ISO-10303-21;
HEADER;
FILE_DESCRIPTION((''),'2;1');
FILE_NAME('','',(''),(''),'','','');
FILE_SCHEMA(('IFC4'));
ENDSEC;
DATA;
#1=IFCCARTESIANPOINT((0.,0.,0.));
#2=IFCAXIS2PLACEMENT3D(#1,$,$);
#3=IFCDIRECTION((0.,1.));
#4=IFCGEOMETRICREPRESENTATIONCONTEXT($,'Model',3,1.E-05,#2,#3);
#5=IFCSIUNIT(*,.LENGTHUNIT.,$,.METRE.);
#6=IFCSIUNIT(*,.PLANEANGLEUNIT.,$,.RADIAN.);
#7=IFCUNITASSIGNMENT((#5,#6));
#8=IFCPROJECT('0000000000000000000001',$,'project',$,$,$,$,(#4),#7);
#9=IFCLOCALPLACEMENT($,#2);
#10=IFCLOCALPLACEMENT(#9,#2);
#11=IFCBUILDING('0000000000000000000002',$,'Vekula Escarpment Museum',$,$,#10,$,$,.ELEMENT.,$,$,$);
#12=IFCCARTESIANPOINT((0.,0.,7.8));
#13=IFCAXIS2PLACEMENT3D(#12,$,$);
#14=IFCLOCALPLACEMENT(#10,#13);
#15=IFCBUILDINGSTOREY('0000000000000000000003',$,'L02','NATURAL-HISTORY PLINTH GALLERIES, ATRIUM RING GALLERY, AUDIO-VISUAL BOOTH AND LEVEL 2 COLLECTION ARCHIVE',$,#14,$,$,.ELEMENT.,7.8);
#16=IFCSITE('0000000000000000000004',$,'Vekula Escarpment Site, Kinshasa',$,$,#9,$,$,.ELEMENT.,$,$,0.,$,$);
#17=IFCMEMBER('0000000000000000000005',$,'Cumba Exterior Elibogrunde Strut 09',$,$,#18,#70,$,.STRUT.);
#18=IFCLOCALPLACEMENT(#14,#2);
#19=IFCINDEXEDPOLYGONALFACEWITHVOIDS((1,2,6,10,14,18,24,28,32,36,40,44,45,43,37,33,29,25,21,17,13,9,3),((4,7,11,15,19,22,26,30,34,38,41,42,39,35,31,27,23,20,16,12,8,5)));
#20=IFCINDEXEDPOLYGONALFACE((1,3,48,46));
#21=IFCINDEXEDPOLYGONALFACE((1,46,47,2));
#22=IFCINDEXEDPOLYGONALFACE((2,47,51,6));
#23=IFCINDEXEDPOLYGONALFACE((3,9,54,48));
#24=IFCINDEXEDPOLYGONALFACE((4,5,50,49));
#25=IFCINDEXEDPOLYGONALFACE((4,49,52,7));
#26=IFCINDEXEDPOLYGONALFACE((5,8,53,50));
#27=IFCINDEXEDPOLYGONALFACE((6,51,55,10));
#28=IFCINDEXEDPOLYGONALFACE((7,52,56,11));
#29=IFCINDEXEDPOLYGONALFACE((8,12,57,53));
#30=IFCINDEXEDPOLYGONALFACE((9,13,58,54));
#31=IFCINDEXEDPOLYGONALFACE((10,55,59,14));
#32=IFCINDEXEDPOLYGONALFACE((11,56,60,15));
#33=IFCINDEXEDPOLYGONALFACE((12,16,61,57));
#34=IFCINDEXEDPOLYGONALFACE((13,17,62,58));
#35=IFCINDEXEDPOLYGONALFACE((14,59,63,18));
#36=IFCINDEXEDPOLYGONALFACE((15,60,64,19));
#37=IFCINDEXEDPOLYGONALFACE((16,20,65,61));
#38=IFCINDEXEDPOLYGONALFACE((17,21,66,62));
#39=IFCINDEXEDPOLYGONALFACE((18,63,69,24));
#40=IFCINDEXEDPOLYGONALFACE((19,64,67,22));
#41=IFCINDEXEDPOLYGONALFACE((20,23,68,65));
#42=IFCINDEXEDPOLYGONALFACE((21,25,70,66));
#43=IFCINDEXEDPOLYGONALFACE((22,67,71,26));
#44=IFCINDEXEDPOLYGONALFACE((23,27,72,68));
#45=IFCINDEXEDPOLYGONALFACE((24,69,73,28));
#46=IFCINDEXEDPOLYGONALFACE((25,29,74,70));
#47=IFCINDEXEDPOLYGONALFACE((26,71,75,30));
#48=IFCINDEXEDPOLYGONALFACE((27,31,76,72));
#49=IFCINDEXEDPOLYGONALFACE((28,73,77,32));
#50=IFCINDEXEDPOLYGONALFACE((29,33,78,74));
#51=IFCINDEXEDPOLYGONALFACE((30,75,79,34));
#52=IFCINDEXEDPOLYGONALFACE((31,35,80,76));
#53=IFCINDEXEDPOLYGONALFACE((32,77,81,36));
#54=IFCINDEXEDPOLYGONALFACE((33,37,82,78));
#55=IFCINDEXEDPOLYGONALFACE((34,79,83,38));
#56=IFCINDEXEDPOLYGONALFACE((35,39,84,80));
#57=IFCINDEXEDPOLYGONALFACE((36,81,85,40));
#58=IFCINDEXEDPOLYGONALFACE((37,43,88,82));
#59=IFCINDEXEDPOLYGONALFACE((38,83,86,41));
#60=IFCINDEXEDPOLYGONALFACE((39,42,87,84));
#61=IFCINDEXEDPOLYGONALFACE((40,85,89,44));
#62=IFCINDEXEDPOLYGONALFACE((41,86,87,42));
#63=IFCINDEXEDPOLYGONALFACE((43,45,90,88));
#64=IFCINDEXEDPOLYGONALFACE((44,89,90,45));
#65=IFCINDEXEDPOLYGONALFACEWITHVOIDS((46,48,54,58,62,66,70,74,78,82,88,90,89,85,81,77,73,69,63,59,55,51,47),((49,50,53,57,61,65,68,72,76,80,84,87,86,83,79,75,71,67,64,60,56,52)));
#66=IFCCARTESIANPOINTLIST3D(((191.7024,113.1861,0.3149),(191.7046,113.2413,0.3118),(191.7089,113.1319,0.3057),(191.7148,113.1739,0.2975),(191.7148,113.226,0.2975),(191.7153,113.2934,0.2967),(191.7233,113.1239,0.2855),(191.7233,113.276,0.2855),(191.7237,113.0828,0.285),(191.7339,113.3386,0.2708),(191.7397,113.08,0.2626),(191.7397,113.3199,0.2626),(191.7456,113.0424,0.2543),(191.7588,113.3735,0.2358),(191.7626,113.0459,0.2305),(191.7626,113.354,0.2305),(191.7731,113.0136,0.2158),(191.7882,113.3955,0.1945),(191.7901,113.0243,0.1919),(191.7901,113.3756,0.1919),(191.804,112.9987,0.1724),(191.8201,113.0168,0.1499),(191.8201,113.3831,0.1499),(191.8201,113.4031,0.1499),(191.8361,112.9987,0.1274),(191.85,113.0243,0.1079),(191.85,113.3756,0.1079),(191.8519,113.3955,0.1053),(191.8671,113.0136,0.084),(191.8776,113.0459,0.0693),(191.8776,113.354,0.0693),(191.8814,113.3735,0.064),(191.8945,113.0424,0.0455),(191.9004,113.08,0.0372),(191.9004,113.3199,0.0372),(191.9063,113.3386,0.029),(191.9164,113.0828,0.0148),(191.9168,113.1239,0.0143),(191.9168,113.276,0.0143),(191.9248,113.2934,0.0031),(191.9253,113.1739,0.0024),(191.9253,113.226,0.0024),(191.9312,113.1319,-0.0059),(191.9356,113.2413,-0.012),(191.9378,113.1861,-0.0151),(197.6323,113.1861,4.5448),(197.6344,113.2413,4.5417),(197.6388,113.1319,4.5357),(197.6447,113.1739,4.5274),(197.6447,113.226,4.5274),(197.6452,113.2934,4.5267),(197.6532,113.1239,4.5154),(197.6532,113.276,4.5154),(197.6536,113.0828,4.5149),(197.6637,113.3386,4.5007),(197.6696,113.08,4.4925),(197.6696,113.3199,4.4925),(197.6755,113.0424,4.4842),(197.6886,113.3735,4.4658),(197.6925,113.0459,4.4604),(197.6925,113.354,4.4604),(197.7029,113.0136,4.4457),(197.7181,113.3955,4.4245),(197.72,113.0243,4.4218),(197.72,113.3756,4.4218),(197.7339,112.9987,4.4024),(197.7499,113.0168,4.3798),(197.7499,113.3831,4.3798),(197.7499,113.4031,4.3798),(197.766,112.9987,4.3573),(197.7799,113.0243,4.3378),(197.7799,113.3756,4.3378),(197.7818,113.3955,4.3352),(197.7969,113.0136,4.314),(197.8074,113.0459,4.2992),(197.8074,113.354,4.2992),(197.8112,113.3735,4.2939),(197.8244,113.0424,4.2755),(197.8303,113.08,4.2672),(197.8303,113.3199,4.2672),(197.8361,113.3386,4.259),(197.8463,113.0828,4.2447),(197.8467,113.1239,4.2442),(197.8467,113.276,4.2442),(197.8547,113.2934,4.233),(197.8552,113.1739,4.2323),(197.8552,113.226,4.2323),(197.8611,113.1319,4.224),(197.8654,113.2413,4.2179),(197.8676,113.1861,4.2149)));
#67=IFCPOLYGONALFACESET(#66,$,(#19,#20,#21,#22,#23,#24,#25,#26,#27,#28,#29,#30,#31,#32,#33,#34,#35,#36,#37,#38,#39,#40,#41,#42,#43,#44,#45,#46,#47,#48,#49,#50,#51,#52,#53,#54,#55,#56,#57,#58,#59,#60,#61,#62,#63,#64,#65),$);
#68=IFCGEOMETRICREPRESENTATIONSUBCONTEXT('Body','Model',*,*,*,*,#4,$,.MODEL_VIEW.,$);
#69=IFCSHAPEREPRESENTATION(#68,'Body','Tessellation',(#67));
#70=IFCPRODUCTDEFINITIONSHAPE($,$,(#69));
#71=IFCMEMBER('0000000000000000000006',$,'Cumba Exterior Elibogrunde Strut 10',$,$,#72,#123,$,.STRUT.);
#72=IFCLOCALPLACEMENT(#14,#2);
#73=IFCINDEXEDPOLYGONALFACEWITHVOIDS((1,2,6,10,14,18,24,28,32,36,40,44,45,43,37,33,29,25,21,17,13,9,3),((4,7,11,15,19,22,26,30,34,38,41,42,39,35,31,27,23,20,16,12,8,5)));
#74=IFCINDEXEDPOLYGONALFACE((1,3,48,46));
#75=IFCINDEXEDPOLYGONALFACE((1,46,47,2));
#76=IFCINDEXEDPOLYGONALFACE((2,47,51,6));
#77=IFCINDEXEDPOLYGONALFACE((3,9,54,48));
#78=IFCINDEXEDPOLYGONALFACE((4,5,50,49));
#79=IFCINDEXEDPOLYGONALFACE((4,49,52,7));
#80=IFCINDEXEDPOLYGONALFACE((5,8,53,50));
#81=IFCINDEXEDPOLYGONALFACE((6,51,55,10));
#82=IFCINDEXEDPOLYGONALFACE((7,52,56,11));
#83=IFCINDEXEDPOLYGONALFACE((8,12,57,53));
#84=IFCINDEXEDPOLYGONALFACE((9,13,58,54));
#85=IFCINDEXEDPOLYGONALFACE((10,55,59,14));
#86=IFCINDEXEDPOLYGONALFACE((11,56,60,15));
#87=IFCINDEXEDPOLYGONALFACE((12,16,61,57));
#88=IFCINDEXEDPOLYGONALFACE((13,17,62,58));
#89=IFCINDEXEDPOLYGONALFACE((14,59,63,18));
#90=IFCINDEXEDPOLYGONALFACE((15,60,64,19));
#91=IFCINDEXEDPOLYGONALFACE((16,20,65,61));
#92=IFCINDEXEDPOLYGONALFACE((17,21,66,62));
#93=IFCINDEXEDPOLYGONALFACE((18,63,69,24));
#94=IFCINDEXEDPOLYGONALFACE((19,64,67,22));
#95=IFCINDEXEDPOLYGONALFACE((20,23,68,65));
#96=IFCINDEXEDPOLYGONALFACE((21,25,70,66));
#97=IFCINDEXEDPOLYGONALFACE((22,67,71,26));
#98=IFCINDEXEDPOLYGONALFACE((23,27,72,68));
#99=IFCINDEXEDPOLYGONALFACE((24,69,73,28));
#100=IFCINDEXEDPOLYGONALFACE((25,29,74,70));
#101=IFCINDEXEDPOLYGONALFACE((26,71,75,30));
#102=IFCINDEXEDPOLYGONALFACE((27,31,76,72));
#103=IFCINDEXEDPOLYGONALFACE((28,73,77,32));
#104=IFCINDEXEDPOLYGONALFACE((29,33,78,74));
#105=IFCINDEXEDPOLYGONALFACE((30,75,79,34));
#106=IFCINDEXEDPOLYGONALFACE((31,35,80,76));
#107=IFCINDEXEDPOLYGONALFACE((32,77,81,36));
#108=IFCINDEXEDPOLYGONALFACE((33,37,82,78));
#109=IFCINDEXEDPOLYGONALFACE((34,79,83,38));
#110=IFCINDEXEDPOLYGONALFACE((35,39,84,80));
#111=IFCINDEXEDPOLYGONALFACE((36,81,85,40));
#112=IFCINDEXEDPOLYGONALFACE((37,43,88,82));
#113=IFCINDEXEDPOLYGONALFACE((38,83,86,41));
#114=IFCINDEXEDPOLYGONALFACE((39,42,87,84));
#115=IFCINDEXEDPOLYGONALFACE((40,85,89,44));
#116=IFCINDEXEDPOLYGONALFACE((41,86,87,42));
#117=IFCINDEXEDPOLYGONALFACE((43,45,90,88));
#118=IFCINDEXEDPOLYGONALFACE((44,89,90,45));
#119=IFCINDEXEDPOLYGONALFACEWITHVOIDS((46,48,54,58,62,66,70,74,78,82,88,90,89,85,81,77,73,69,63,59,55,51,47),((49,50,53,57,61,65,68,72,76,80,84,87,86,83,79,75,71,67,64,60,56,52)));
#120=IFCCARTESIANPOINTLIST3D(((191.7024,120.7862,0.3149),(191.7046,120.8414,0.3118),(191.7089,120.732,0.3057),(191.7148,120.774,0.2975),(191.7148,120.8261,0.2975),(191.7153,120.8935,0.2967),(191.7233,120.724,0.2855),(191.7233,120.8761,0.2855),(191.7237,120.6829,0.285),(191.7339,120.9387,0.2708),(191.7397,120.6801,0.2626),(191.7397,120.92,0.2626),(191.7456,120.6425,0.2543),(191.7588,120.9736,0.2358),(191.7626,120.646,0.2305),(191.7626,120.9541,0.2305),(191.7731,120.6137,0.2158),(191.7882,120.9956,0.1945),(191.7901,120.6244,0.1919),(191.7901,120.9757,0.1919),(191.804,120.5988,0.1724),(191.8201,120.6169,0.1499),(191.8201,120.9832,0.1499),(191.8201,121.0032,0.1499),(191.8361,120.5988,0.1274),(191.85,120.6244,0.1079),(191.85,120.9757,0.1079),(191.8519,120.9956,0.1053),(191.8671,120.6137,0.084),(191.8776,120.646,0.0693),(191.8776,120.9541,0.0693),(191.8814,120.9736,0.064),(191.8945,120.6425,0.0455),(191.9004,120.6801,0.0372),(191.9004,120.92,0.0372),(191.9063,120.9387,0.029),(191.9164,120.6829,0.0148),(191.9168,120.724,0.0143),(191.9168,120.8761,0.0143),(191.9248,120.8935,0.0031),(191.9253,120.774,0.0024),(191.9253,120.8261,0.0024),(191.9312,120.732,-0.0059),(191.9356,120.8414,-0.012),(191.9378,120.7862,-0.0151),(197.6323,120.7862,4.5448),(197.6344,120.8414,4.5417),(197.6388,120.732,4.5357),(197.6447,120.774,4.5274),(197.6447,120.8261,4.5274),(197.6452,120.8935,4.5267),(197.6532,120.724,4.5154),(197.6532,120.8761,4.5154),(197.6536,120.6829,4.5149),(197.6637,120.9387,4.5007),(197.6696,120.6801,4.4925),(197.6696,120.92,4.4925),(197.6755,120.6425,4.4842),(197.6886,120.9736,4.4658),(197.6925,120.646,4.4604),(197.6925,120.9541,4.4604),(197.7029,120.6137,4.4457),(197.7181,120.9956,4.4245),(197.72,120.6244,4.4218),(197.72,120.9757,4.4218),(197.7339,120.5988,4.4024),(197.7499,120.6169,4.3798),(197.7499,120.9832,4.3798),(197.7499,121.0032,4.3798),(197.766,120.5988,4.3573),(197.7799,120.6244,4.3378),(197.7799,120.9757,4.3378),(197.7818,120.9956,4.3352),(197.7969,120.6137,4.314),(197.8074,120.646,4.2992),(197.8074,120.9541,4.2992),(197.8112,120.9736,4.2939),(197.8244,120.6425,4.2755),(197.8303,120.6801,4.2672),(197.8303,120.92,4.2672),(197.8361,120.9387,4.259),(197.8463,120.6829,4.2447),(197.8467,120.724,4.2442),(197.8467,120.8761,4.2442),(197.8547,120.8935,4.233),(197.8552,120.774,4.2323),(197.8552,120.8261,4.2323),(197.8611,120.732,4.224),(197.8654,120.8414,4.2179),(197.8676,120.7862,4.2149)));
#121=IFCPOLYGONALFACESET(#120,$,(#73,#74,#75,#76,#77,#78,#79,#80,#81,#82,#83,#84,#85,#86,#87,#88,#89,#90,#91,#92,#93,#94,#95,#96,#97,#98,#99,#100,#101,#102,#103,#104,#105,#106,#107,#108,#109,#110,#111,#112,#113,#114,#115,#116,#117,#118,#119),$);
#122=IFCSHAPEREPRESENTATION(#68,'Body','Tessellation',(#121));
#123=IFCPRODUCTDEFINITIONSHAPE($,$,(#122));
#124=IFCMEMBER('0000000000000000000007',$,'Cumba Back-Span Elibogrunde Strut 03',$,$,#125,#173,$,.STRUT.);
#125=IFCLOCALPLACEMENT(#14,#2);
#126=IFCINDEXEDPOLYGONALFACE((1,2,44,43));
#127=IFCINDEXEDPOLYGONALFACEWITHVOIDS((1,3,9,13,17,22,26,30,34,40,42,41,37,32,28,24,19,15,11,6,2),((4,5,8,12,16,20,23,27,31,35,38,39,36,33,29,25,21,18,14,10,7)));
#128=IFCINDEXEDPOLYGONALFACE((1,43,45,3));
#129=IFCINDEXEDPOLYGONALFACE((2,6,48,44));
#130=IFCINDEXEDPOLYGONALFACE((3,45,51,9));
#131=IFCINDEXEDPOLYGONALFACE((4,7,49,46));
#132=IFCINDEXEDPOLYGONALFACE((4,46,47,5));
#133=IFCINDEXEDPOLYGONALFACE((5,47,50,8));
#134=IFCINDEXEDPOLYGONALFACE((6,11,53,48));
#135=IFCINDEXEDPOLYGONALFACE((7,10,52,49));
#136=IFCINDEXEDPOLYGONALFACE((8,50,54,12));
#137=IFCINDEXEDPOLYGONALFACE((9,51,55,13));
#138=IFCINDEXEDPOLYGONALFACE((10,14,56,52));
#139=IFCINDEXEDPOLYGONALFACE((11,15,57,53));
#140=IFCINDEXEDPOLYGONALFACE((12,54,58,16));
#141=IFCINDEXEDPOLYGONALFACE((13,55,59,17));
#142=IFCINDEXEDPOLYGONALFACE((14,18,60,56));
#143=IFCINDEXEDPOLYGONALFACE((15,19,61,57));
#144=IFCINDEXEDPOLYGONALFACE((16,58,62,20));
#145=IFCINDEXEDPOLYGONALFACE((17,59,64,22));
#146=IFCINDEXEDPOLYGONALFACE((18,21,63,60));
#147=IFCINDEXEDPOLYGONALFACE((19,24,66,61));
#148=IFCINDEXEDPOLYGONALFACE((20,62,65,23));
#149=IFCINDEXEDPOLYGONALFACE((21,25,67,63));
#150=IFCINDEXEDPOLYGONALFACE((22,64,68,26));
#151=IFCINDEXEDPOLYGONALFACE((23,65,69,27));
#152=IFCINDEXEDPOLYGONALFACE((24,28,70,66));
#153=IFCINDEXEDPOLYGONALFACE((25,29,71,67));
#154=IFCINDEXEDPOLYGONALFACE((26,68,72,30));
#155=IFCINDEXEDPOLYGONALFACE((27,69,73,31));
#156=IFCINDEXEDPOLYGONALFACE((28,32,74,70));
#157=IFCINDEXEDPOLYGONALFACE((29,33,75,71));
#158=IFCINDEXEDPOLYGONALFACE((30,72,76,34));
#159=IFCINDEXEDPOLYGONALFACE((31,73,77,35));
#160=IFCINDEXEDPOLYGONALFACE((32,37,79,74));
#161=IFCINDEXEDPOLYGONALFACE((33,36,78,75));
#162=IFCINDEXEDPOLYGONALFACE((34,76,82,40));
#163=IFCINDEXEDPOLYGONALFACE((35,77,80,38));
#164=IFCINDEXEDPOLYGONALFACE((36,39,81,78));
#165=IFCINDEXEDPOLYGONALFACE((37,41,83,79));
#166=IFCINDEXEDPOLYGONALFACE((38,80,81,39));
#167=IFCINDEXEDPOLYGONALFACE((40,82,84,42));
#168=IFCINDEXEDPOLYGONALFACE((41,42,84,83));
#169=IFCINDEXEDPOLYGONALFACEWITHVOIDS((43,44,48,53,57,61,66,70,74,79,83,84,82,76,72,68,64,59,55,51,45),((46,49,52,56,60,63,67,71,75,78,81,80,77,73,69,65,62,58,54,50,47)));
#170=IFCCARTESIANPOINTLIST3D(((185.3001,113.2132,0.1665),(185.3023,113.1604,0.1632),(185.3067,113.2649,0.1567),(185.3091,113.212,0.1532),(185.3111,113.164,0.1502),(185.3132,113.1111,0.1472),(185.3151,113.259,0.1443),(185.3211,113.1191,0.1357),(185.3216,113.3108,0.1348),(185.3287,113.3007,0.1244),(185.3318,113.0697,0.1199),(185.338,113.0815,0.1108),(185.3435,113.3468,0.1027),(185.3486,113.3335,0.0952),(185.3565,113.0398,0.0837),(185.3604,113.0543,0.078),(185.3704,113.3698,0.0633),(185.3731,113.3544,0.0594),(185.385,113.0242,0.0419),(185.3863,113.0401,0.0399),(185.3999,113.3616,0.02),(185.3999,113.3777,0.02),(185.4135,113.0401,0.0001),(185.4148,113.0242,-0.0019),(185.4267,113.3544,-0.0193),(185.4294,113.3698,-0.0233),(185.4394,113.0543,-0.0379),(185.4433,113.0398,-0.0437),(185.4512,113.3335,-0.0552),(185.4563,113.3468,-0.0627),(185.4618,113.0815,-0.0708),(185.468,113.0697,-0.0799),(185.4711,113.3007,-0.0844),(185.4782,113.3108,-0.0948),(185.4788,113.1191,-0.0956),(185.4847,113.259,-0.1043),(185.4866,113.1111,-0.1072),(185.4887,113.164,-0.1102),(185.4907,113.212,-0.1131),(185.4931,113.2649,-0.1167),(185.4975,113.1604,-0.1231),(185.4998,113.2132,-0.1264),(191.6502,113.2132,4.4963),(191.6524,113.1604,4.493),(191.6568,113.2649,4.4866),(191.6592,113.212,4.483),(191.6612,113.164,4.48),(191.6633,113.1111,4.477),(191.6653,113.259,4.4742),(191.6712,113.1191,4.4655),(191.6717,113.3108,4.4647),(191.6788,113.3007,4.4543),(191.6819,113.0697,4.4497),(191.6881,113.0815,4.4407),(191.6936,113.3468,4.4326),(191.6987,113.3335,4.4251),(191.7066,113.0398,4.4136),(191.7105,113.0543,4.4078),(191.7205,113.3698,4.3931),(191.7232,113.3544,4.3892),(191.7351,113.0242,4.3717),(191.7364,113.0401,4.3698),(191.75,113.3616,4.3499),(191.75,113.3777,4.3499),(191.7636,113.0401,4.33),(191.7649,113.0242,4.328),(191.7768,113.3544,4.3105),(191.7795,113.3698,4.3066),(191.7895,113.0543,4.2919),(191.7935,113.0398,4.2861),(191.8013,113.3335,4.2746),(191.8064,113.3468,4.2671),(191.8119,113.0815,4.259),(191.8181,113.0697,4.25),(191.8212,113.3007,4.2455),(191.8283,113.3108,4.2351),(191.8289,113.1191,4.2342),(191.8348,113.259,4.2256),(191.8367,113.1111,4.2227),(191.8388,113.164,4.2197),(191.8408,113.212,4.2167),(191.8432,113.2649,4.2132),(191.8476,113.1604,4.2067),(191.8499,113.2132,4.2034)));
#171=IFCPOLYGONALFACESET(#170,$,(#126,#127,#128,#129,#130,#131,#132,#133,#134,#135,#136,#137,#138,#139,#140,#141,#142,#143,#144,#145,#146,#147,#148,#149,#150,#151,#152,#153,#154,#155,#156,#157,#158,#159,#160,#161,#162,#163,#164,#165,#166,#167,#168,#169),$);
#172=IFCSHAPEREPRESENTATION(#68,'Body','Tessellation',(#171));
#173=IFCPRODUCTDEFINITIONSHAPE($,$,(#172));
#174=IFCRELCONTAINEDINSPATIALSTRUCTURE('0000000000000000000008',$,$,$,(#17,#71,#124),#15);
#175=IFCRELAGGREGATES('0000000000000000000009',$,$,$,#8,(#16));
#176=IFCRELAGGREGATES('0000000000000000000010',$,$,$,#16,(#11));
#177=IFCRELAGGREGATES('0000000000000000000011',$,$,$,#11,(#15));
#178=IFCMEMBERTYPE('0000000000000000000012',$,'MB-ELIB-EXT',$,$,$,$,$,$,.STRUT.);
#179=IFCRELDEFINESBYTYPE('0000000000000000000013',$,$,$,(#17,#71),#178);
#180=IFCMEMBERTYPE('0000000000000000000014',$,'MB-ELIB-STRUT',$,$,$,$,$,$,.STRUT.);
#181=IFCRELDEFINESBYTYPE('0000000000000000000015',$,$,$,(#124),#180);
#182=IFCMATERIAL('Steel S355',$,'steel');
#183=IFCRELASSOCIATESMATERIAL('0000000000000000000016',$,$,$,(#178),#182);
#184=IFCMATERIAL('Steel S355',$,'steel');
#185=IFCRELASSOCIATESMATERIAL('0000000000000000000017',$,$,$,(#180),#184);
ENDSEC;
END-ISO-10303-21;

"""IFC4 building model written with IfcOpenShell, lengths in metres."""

from ifc_helpers import new_model, si_unit, direction, frame, origin, origin_2d, place, context, subcontext, project, spatial, hollow_circle, extrude, material, material_profile, profile_set, type_object, element, save


model = new_model("IFC4")

# Units and contexts
model_context = context("Model", 3, precision=1e-05, world=origin(), true_north=direction((0.0, 1.0)))
body_context = subcontext(model_context, "Body", "Model", "MODEL_VIEW")
ifc_project = project(units=[si_unit("LENGTHUNIT", "METRE"), si_unit("PLANEANGLEUNIT", "RADIAN")], contexts=[model_context])

# Site, building, storey
site_placement = place(None, origin())
site = spatial("IfcSite", under=ifc_project, at=site_placement, Name="Vekula Escarpment Site, Kinshasa", CompositionType="ELEMENT", RefElevation=0.0)
building_placement = place(site_placement, origin())
building = spatial("IfcBuilding", under=site, at=building_placement, Name="Vekula Escarpment Museum", CompositionType="ELEMENT")
storey_placement = place(building_placement, frame((0.0, 0.0, 7.8)))
storey = spatial("IfcBuildingStorey", under=building, at=storey_placement, Name="L02", Description="NATURAL-HISTORY PLINTH GALLERIES, ATRIUM RING GALLERY, AUDIO-VISUAL BOOTH AND LEVEL 2 COLLECTION ARCHIVE", CompositionType="ELEMENT", Elevation=7.8)

# Members
ifc_material_1 = material(Name="Steel S355", Category="steel")
ifc_material_profile_1 = material_profile(ifc_material_1, hollow_circle(Radius=0.2031, WallThickness=0.02, at=origin_2d()), Name="CHS 406.4x20")
ifc_profile_set_1 = profile_set([ifc_material_profile_1], Name="Steel S355")
member_type_1 = type_object("IfcMemberType", Name="MB-ELIB-EXT", PredefinedType="STRUT", material=ifc_profile_set_1)
for number, where, z_axis, x_axis, name in (
    (1, (191.8201, 113.2, 0.1499), (0.814102, 0.0, 0.580721), (0.0, 1.0, 0.0), "Cumba Exterior Elibogrunde Strut 09"),
    (2, (191.8201, 120.8, 0.1499), (0.814102, 0.0, 0.580721), (0.0, 1.0, 0.0), "Cumba Exterior Elibogrunde Strut 10"),
):
    element("IfcMember", number, at=place(storey_placement, frame(where, z_axis=z_axis, x_axis=x_axis)), inside=storey, type_object=member_type_1, Name=name, PredefinedType="STRUT", context=body_context, shape_type="SweptSolid", body=[
        extrude(hollow_circle(Radius=0.2031, WallThickness=0.02, at=origin_2d()), origin(), (0.0, 0.0, 1.0), 7.2839),
    ])
ifc_material_2 = material(Name="Steel S355", Category="steel")
ifc_material_profile_2 = material_profile(ifc_material_2, hollow_circle(Radius=0.1777, WallThickness=0.0161, at=origin_2d()), Name="CHS 355.6x16")
ifc_profile_set_2 = profile_set([ifc_material_profile_2], Name="Steel S355")
member_type_2 = type_object("IfcMemberType", Name="MB-ELIB-STRUT", PredefinedType="STRUT", material=ifc_profile_set_2)
member_1_placement = place(storey_placement, frame((185.3999, 113.2, 0.02), z_axis=(0.826214, 0.0, 0.563357), x_axis=(0.0, 1.0, 0.0)))
element("IfcMember", 3, at=member_1_placement, inside=storey, type_object=member_type_2, Name="Cumba Back-Span Elibogrunde Strut 03", PredefinedType="STRUT", context=body_context, shape_type="SweptSolid", body=[
    extrude(hollow_circle(Radius=0.1777, WallThickness=0.0161, at=origin_2d()), origin(), (0.0, 0.0, 1.0), 7.6858),
])

save(model, "model.ifc")
